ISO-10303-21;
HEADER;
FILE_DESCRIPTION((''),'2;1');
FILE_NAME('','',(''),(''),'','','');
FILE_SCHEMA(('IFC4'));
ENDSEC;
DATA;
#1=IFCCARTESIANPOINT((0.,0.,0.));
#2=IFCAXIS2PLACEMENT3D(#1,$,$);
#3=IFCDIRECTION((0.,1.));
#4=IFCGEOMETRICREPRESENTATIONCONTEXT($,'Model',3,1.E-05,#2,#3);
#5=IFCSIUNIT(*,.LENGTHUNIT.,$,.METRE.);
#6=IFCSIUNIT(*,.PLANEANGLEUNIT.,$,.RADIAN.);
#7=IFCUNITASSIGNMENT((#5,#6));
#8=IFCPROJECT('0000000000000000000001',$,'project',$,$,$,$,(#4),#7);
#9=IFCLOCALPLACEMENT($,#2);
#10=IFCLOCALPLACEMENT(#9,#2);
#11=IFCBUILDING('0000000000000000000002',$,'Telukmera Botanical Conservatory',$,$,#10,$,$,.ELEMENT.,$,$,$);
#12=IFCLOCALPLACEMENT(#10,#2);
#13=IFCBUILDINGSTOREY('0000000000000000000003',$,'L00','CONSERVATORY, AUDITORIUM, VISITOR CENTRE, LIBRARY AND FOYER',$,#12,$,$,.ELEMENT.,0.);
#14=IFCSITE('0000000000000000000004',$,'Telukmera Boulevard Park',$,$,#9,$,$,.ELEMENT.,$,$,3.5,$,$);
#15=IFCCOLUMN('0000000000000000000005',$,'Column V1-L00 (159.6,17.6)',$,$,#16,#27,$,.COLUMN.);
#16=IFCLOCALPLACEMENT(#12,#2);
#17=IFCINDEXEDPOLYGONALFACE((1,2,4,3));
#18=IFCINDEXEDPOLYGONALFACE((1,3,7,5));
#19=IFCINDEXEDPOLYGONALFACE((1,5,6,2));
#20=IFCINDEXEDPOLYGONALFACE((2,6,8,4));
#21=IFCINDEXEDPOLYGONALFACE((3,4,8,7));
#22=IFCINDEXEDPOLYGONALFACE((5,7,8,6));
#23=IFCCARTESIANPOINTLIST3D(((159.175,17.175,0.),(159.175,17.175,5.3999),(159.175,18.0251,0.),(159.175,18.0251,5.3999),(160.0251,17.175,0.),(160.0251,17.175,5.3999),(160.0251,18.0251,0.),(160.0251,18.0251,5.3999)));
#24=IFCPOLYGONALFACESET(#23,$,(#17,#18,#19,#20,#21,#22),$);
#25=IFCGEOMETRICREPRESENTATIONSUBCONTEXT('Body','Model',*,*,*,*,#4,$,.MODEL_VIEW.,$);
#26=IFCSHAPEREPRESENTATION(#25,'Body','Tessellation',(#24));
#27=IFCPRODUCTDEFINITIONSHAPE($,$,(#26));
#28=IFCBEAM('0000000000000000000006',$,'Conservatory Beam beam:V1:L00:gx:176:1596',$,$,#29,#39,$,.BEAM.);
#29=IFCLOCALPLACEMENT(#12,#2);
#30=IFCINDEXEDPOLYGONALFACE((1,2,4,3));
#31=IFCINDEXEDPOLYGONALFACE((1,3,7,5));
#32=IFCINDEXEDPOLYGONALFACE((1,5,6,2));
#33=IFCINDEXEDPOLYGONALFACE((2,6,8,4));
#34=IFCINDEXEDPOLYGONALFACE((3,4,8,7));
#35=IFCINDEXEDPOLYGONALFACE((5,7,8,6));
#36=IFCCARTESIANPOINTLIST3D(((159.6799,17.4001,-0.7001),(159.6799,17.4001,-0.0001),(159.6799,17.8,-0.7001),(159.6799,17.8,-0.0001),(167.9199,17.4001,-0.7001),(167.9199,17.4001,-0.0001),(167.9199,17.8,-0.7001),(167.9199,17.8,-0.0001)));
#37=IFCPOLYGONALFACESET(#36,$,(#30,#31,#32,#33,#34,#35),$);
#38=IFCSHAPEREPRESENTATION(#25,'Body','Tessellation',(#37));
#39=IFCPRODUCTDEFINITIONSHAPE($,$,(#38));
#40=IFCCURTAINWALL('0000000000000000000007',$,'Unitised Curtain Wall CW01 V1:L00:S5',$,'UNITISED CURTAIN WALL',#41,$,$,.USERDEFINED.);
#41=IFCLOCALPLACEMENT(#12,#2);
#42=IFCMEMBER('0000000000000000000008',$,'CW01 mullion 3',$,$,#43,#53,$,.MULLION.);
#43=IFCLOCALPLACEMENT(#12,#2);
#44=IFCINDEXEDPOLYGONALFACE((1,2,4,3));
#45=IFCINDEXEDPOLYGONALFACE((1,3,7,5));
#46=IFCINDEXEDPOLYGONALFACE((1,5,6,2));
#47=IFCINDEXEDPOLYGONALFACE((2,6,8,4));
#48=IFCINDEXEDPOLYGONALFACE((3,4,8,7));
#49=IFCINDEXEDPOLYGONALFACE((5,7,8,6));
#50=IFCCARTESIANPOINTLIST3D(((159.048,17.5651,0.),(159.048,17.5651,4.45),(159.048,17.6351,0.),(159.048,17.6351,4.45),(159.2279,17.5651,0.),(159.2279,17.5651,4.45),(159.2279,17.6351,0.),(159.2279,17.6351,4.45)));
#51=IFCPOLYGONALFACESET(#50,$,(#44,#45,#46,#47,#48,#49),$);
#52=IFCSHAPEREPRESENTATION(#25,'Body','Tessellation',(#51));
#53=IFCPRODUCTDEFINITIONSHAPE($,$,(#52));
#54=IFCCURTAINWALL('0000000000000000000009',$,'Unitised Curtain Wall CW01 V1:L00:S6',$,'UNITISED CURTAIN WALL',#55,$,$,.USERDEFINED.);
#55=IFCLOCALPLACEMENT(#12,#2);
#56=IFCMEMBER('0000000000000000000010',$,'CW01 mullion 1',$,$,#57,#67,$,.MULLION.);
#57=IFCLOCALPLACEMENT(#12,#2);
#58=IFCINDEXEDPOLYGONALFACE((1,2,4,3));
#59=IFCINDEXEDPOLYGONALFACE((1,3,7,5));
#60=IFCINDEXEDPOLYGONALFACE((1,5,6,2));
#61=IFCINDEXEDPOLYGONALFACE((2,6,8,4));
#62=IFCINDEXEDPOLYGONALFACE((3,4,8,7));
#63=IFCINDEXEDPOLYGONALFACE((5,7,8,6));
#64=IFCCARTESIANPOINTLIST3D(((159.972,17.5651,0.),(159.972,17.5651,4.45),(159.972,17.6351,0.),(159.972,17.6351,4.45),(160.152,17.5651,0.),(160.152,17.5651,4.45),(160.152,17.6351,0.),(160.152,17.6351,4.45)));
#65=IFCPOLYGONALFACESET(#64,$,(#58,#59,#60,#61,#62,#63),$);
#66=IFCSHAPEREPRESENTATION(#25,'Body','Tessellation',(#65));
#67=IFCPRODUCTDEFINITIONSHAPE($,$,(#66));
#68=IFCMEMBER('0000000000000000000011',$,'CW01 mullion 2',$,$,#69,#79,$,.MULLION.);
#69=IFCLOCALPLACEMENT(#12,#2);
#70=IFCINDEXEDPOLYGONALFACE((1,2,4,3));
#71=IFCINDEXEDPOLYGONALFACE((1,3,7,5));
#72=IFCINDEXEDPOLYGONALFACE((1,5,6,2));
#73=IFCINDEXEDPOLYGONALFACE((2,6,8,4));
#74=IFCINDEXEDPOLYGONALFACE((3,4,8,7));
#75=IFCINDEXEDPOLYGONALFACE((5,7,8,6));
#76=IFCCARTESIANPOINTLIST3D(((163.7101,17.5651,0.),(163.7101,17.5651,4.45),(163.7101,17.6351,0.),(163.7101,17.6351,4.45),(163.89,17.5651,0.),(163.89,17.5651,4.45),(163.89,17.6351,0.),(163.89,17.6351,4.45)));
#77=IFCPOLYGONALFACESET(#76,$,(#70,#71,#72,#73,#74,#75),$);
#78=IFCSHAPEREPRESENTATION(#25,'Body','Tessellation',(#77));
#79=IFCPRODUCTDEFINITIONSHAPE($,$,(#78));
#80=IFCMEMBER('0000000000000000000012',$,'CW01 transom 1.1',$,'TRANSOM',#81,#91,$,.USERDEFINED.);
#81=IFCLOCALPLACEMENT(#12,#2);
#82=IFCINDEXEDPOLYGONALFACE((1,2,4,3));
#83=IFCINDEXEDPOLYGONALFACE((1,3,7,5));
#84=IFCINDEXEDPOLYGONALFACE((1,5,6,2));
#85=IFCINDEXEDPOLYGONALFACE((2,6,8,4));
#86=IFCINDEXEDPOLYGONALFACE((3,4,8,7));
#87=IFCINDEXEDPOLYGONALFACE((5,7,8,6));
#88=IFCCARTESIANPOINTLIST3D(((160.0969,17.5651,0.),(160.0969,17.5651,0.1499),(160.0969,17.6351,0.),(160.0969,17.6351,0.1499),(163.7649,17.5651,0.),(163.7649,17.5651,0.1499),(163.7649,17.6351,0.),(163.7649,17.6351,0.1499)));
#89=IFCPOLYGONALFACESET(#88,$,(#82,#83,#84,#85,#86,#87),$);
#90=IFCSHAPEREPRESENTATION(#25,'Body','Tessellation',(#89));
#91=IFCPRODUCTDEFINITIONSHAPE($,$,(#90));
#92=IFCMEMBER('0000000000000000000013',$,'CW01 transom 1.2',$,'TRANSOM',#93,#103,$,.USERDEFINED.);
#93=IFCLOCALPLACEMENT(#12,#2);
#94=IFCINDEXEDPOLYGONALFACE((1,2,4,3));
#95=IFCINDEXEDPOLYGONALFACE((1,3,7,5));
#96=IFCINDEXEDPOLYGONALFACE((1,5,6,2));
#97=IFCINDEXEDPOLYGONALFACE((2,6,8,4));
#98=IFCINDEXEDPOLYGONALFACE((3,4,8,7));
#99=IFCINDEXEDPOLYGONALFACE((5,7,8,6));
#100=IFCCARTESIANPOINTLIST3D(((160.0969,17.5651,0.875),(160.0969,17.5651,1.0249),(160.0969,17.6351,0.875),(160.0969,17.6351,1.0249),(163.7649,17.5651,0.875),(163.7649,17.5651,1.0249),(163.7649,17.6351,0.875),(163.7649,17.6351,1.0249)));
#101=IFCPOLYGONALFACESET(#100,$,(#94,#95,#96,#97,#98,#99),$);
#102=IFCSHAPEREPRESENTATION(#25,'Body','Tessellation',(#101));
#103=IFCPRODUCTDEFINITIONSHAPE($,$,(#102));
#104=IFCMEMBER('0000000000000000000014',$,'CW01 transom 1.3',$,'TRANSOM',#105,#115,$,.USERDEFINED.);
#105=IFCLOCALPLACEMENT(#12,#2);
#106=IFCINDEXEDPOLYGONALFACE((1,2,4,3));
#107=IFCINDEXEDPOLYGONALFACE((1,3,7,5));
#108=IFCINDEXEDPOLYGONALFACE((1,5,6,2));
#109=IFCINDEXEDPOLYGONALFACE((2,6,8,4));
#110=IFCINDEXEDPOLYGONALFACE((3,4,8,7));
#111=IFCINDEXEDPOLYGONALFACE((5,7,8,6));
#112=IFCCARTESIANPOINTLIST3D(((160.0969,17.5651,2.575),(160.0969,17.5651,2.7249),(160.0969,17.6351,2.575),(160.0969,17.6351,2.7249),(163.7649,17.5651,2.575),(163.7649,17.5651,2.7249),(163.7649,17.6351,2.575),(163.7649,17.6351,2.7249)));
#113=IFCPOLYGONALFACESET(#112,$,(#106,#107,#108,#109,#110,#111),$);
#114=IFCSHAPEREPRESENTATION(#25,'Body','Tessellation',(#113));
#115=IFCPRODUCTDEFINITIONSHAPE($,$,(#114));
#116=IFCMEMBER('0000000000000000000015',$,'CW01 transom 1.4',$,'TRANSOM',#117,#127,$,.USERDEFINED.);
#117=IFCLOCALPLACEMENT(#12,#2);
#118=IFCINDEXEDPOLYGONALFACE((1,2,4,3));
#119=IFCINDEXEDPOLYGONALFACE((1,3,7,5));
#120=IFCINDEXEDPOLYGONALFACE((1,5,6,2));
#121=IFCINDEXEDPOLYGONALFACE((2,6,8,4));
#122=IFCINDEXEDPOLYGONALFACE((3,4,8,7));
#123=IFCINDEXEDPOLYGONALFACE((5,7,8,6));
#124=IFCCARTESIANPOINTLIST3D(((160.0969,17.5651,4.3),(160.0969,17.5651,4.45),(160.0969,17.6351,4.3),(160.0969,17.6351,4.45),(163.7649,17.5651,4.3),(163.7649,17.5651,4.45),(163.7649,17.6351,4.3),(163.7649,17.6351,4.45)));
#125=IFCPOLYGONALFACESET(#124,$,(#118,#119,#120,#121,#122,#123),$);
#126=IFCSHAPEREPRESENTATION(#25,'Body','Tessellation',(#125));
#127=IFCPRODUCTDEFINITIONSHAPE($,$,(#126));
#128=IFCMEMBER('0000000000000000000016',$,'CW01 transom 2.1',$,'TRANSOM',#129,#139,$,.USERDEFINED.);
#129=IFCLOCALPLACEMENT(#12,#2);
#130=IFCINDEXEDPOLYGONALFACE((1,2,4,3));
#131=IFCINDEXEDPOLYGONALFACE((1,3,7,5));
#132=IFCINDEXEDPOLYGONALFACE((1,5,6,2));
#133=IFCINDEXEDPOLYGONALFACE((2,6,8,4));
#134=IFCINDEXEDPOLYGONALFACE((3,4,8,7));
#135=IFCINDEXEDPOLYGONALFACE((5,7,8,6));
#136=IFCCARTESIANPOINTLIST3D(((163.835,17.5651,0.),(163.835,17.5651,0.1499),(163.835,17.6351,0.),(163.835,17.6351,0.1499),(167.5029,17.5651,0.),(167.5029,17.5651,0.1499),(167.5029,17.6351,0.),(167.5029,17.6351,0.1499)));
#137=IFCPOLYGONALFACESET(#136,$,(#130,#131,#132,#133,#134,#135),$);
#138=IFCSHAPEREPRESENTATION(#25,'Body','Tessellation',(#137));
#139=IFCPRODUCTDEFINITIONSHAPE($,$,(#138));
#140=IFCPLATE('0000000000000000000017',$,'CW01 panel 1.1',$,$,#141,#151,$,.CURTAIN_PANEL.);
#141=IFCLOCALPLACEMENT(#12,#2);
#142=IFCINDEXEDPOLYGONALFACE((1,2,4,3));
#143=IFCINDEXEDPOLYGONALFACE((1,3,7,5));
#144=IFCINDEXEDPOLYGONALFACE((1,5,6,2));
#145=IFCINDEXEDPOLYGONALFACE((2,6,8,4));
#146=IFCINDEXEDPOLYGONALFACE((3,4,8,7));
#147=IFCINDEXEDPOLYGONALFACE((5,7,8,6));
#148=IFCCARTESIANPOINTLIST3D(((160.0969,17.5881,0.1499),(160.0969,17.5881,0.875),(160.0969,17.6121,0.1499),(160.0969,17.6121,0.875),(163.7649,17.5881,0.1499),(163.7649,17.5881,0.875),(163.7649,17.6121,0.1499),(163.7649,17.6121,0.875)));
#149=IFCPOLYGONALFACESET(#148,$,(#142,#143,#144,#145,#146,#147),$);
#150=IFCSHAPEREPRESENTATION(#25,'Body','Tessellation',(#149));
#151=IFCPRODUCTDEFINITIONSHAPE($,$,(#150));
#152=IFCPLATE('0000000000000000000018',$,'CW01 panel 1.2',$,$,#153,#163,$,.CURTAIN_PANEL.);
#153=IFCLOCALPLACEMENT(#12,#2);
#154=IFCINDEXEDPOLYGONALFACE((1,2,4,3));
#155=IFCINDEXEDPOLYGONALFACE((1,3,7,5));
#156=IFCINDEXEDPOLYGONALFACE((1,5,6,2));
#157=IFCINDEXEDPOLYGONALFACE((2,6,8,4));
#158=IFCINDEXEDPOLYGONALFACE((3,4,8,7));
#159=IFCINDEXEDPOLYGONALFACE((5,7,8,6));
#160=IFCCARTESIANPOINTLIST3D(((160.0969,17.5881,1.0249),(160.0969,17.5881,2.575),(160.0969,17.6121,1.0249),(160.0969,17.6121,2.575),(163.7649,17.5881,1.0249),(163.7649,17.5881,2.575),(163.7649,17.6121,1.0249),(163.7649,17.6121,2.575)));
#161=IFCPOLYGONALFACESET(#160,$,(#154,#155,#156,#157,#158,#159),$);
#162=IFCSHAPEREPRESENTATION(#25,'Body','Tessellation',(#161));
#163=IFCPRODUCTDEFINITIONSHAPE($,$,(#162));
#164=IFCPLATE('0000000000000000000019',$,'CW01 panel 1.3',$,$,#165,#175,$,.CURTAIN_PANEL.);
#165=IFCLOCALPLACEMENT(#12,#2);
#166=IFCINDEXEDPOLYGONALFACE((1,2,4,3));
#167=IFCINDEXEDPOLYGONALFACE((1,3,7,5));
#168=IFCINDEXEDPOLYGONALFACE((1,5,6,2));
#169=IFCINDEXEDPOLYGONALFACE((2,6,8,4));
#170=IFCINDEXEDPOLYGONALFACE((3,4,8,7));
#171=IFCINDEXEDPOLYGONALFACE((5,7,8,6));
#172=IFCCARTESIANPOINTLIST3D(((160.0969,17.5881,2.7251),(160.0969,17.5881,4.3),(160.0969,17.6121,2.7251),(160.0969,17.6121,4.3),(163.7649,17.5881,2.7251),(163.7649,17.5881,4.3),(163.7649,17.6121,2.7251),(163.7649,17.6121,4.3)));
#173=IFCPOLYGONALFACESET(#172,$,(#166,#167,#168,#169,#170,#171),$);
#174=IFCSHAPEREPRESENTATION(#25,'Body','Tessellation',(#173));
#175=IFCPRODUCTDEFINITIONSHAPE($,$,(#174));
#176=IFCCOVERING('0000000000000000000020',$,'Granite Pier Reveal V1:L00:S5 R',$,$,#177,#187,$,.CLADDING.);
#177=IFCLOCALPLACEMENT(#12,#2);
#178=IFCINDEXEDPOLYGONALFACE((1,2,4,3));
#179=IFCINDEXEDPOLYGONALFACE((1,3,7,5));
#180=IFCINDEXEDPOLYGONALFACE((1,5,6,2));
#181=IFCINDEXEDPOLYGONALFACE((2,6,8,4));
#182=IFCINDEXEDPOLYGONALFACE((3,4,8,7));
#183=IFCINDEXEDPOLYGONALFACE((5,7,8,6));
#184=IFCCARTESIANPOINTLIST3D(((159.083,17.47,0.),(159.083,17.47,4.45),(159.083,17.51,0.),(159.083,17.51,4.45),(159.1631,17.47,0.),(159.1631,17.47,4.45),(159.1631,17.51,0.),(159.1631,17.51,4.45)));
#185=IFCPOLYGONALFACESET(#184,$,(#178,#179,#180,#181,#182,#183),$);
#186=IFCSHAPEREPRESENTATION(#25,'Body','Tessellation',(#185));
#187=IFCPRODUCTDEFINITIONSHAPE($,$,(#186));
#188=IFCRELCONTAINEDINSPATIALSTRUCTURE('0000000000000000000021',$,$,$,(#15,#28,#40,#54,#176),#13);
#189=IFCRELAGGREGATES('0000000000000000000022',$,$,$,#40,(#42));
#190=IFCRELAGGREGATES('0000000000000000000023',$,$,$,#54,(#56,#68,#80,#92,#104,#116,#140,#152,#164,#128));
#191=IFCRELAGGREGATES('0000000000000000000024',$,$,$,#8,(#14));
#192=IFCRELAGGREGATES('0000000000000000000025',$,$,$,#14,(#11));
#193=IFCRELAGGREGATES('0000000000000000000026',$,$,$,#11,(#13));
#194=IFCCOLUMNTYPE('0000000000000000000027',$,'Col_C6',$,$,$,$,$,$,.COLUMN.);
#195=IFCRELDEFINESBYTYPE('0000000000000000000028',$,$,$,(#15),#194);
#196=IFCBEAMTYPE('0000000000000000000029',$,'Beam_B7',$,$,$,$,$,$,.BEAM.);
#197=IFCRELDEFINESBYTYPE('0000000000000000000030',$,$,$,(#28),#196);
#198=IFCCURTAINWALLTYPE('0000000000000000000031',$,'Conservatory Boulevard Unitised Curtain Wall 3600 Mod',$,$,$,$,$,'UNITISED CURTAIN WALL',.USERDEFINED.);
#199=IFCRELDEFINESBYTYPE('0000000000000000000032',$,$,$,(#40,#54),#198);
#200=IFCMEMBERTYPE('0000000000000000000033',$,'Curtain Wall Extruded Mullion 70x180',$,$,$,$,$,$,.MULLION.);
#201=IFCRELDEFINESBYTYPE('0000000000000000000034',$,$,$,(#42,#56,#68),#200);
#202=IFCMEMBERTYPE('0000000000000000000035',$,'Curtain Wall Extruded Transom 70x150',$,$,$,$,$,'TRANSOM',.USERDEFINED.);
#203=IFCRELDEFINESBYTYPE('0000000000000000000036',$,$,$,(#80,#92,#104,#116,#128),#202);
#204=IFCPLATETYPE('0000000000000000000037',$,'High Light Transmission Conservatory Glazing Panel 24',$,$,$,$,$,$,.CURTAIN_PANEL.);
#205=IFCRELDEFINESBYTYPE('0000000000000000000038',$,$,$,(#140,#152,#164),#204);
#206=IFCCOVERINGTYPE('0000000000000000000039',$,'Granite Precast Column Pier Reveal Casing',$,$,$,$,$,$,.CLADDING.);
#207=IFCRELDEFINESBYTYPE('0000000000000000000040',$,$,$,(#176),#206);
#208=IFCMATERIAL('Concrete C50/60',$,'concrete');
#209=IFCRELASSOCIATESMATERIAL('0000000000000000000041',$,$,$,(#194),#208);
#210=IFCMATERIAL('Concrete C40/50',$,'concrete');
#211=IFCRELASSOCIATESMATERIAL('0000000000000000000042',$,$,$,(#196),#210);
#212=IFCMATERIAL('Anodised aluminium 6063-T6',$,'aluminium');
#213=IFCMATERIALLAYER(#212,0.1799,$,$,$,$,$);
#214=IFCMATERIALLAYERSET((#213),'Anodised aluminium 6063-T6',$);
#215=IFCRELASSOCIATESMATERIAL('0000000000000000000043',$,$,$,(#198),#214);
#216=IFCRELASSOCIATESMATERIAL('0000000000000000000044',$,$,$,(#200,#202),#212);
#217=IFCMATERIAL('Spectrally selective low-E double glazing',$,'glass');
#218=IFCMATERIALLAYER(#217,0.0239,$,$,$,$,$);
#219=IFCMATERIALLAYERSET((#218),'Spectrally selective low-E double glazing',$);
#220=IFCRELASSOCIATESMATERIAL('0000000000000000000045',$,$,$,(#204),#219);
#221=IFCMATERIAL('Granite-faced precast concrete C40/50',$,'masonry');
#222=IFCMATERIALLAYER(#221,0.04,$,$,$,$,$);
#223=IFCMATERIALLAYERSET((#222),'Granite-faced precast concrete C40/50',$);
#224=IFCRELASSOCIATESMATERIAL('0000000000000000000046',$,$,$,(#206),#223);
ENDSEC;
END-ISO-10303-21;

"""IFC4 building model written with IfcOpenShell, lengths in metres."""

from ifc_helpers import new_model, si_unit, direction, frame, origin, origin_2d, place, context, subcontext, project, spatial, rectangle, extrude, material, layer, layer_set, material_profile, profile_set, type_object, element, aggregate, save


model = new_model("IFC4")

# Units and contexts
model_context = context("Model", 3, precision=1e-05, world=origin(), true_north=direction((0.0, 1.0)))
body_context = subcontext(model_context, "Body", "Model", "MODEL_VIEW")
ifc_project = project(units=[si_unit("LENGTHUNIT", "METRE"), si_unit("PLANEANGLEUNIT", "RADIAN")], contexts=[model_context])

# Site, building, storey
site_placement = place(None, origin())
site = spatial("IfcSite", under=ifc_project, at=site_placement, Name="Telukmera Boulevard Park", CompositionType="ELEMENT", RefElevation=3.5)
building_placement = place(site_placement, origin())
building = spatial("IfcBuilding", under=site, at=building_placement, Name="Telukmera Botanical Conservatory", CompositionType="ELEMENT")
storey_placement = place(building_placement, origin())
storey = spatial("IfcBuildingStorey", under=building, at=storey_placement, Name="L00", Description="CONSERVATORY, AUDITORIUM, VISITOR CENTRE, LIBRARY AND FOYER", CompositionType="ELEMENT", Elevation=0.0)

# Column
ifc_material_1 = material(Name="Concrete C50/60", Category="concrete")
ifc_material_profile_1 = material_profile(ifc_material_1, rectangle(XDim=0.8501, YDim=0.8501, at=origin_2d()), Name="RC 850x850")
ifc_profile_set_1 = profile_set([ifc_material_profile_1], Name="Concrete C50/60")
column_type = type_object("IfcColumnType", Name="Col_C6", PredefinedType="COLUMN", material=ifc_profile_set_1)
column_placement = place(storey_placement, frame((159.6001, 17.6001, 0.0), z_axis=(0.0, 0.0, 1.0), x_axis=(1.0, 0.0, 0.0)))
element("IfcColumn", 1, at=column_placement, inside=storey, type_object=column_type, Name="Column V1-L00 (159.6,17.6)", PredefinedType="COLUMN", context=body_context, shape_type="SweptSolid", body=[
    extrude(rectangle(XDim=0.8501, YDim=0.8501, at=origin_2d()), origin(), (0.0, 0.0, 1.0), 5.3999),
])

# Beam
ifc_material_2 = material(Name="Concrete C40/50", Category="concrete")
ifc_material_profile_2 = material_profile(ifc_material_2, rectangle(XDim=0.3999, YDim=0.7, at=origin_2d()), Name="RC 400x700")
ifc_profile_set_2 = profile_set([ifc_material_profile_2], Name="Concrete C40/50")
beam_type = type_object("IfcBeamType", Name="Beam_B7", PredefinedType="BEAM", material=ifc_profile_set_2)
beam_placement = place(storey_placement, frame((159.6799, 17.6001, -0.3501), z_axis=(1.0, 0.0, 0.0), x_axis=(0.0, 1.0, 0.0)))
element("IfcBeam", 2, at=beam_placement, inside=storey, type_object=beam_type, Name="Conservatory Beam beam:V1:L00:gx:176:1596", PredefinedType="BEAM", context=body_context, shape_type="SweptSolid", body=[
    extrude(rectangle(XDim=0.3999, YDim=0.7, at=origin_2d()), origin(), (0.0, 0.0, 1.0), 8.24),
])

# Curtain wall, member
ifc_material_3 = material(Name="Anodised aluminium 6063-T6", Category="aluminium")
ifc_layer_1 = layer(ifc_material_3, 0.1799)
ifc_layer_set_1 = layer_set([ifc_layer_1], Name="Anodised aluminium 6063-T6")
curtain_wall_type = type_object("IfcCurtainWallType", Name="Conservatory Boulevard Unitised Curtain Wall 3600 Mod", ElementType="UNITISED CURTAIN WALL", PredefinedType="USERDEFINED", material=ifc_layer_set_1)
curtain_wall_1_placement = place(storey_placement, origin())
curtain_wall_1 = element("IfcCurtainWall", 3, at=curtain_wall_1_placement, inside=storey, type_object=curtain_wall_type, Name="Unitised Curtain Wall CW01 V1:L00:S5", ObjectType="UNITISED CURTAIN WALL", PredefinedType="USERDEFINED")
ifc_material_profile_3 = material_profile(ifc_material_3, rectangle(XDim=0.0701, YDim=0.1799, at=origin_2d()), Name="ALU MULL 70x180")
ifc_profile_set_3 = profile_set([ifc_material_profile_3], Name="Anodised aluminium 6063-T6")
member_type_1 = type_object("IfcMemberType", Name="Curtain Wall Extruded Mullion 70x180", PredefinedType="MULLION", material=ifc_profile_set_3)
member_1_placement = place(storey_placement, frame((159.1379, 17.6001, 0.0), z_axis=(0.0, 0.0, 1.0), x_axis=(0.0, 1.0, 0.0)))
member_1 = element("IfcMember", 4, at=member_1_placement, type_object=member_type_1, Name="CW01 mullion 3", PredefinedType="MULLION", context=body_context, shape_type="SweptSolid", body=[
    extrude(rectangle(XDim=0.0701, YDim=0.1799, at=origin_2d()), origin(), (0.0, 0.0, 1.0), 4.45),
])
aggregate(curtain_wall_1, [member_1])

# Curtain wall, members, plates
curtain_wall_2_placement = place(storey_placement, origin())
curtain_wall_2 = element("IfcCurtainWall", 5, at=curtain_wall_2_placement, inside=storey, type_object=curtain_wall_type, Name="Unitised Curtain Wall CW01 V1:L00:S6", ObjectType="UNITISED CURTAIN WALL", PredefinedType="USERDEFINED")
member_2_placement = place(storey_placement, frame((160.062, 17.6001, 0.0), z_axis=(0.0, 0.0, 1.0), x_axis=(0.0, 1.0, 0.0)))
member_2 = element("IfcMember", 6, at=member_2_placement, type_object=member_type_1, Name="CW01 mullion 1", PredefinedType="MULLION", context=body_context, shape_type="SweptSolid", body=[
    extrude(rectangle(XDim=0.0701, YDim=0.1799, at=origin_2d()), origin(), (0.0, 0.0, 1.0), 4.45),
])
member_3_placement = place(storey_placement, frame((163.8, 17.6001, 0.0), z_axis=(0.0, 0.0, 1.0), x_axis=(0.0, 1.0, 0.0)))
member_3 = element("IfcMember", 7, at=member_3_placement, type_object=member_type_1, Name="CW01 mullion 2", PredefinedType="MULLION", context=body_context, shape_type="SweptSolid", body=[
    extrude(rectangle(XDim=0.0701, YDim=0.1799, at=origin_2d()), origin(), (0.0, 0.0, 1.0), 4.45),
])
ifc_material_profile_4 = material_profile(ifc_material_3, rectangle(XDim=0.0701, YDim=0.1499, at=origin_2d()), Name="ALU TRAN 70x150")
ifc_profile_set_4 = profile_set([ifc_material_profile_4], Name="Anodised aluminium 6063-T6")
member_type_2 = type_object("IfcMemberType", Name="Curtain Wall Extruded Transom 70x150", ElementType="TRANSOM", PredefinedType="USERDEFINED", material=ifc_profile_set_4)
member_4_placement = place(storey_placement, frame((160.0969, 17.6001, 0.075), z_axis=(1.0, 0.0, 0.0), x_axis=(0.0, 1.0, 0.0)))
member_4 = element("IfcMember", 8, at=member_4_placement, type_object=member_type_2, Name="CW01 transom 1.1", ObjectType="TRANSOM", PredefinedType="USERDEFINED", context=body_context, shape_type="SweptSolid", body=[
    extrude(rectangle(XDim=0.0701, YDim=0.1499, at=origin_2d()), origin(), (0.0, 0.0, 1.0), 3.668),
])
member_5_placement = place(storey_placement, frame((160.0969, 17.6001, 0.95), z_axis=(1.0, 0.0, 0.0), x_axis=(0.0, 1.0, 0.0)))
member_5 = element("IfcMember", 9, at=member_5_placement, type_object=member_type_2, Name="CW01 transom 1.2", ObjectType="TRANSOM", PredefinedType="USERDEFINED", context=body_context, shape_type="SweptSolid", body=[
    extrude(rectangle(XDim=0.0701, YDim=0.1499, at=origin_2d()), origin(), (0.0, 0.0, 1.0), 3.668),
])
member_6_placement = place(storey_placement, frame((160.0969, 17.6001, 2.6499), z_axis=(1.0, 0.0, 0.0), x_axis=(0.0, 1.0, 0.0)))
member_6 = element("IfcMember", 10, at=member_6_placement, type_object=member_type_2, Name="CW01 transom 1.3", ObjectType="TRANSOM", PredefinedType="USERDEFINED", context=body_context, shape_type="SweptSolid", body=[
    extrude(rectangle(XDim=0.0701, YDim=0.1499, at=origin_2d()), origin(), (0.0, 0.0, 1.0), 3.668),
])
member_7_placement = place(storey_placement, frame((160.0969, 17.6001, 4.375), z_axis=(1.0, 0.0, 0.0), x_axis=(0.0, 1.0, 0.0)))
member_7 = element("IfcMember", 11, at=member_7_placement, type_object=member_type_2, Name="CW01 transom 1.4", ObjectType="TRANSOM", PredefinedType="USERDEFINED", context=body_context, shape_type="SweptSolid", body=[
    extrude(rectangle(XDim=0.0701, YDim=0.1499, at=origin_2d()), origin(), (0.0, 0.0, 1.0), 3.668),
])
member_8_placement = place(storey_placement, frame((163.835, 17.6001, 0.075), z_axis=(1.0, 0.0, 0.0), x_axis=(0.0, 1.0, 0.0)))
member_8 = element("IfcMember", 12, at=member_8_placement, type_object=member_type_2, Name="CW01 transom 2.1", ObjectType="TRANSOM", PredefinedType="USERDEFINED", context=body_context, shape_type="SweptSolid", body=[
    extrude(rectangle(XDim=0.0701, YDim=0.1499, at=origin_2d()), origin(), (0.0, 0.0, 1.0), 3.668),
])
ifc_material_4 = material(Name="Spectrally selective low-E double glazing", Category="glass")
ifc_layer_2 = layer(ifc_material_4, 0.0239)
ifc_layer_set_2 = layer_set([ifc_layer_2], Name="Spectrally selective low-E double glazing")
plate_type = type_object("IfcPlateType", Name="High Light Transmission Conservatory Glazing Panel 24", PredefinedType="CURTAIN_PANEL", material=ifc_layer_set_2)
plate_1_placement = place(storey_placement, frame((161.9309, 17.6001, 0.1499), z_axis=(0.0, 0.0, 1.0), x_axis=(1.0, 0.0, 0.0)))
plate_1 = element("IfcPlate", 13, at=plate_1_placement, type_object=plate_type, Name="CW01 panel 1.1", PredefinedType="CURTAIN_PANEL", context=body_context, shape_type="SweptSolid", body=[
    extrude(rectangle(XDim=3.668, YDim=0.0239, at=origin_2d()), origin(), (0.0, 0.0, 1.0), 0.7251),
])
plate_2_placement = place(storey_placement, frame((161.9309, 17.6001, 1.0249), z_axis=(0.0, 0.0, 1.0), x_axis=(1.0, 0.0, 0.0)))
plate_2 = element("IfcPlate", 14, at=plate_2_placement, type_object=plate_type, Name="CW01 panel 1.2", PredefinedType="CURTAIN_PANEL", context=body_context, shape_type="SweptSolid", body=[
    extrude(rectangle(XDim=3.668, YDim=0.0239, at=origin_2d()), origin(), (0.0, 0.0, 1.0), 1.55),
])
plate_3_placement = place(storey_placement, frame((161.9309, 17.6001, 2.7251), z_axis=(0.0, 0.0, 1.0), x_axis=(1.0, 0.0, 0.0)))
plate_3 = element("IfcPlate", 15, at=plate_3_placement, type_object=plate_type, Name="CW01 panel 1.3", PredefinedType="CURTAIN_PANEL", context=body_context, shape_type="SweptSolid", body=[
    extrude(rectangle(XDim=3.668, YDim=0.0239, at=origin_2d()), origin(), (0.0, 0.0, 1.0), 1.575),
])
aggregate(curtain_wall_2, [member_2, member_3, member_4, member_5, member_6, member_7, plate_1, plate_2, plate_3, member_8])

# Covering
ifc_material_5 = material(Name="Granite-faced precast concrete C40/50", Category="masonry")
ifc_layer_3 = layer(ifc_material_5, 0.04)
ifc_layer_set_3 = layer_set([ifc_layer_3], Name="Granite-faced precast concrete C40/50")
covering_type = type_object("IfcCoveringType", Name="Granite Precast Column Pier Reveal Casing", PredefinedType="CLADDING", material=ifc_layer_set_3)
for number, where, z_axis, x_axis, name in (
    (16, (159.123, 17.49, 0.0), (0.0, 0.0, 1.0), (1.0, 0.0, 0.0), "Granite Pier Reveal V1:L00:S5 R"),
):
    element("IfcCovering", number, at=place(storey_placement, frame(where, z_axis=z_axis, x_axis=x_axis)), inside=storey, type_object=covering_type, Name=name, PredefinedType="CLADDING", context=body_context, shape_type="SweptSolid", body=[
        extrude(rectangle(XDim=0.0801, YDim=0.04, at=origin_2d()), origin(), (0.0, 0.0, 1.0), 4.45),
    ])

save(model, "model.ifc")
